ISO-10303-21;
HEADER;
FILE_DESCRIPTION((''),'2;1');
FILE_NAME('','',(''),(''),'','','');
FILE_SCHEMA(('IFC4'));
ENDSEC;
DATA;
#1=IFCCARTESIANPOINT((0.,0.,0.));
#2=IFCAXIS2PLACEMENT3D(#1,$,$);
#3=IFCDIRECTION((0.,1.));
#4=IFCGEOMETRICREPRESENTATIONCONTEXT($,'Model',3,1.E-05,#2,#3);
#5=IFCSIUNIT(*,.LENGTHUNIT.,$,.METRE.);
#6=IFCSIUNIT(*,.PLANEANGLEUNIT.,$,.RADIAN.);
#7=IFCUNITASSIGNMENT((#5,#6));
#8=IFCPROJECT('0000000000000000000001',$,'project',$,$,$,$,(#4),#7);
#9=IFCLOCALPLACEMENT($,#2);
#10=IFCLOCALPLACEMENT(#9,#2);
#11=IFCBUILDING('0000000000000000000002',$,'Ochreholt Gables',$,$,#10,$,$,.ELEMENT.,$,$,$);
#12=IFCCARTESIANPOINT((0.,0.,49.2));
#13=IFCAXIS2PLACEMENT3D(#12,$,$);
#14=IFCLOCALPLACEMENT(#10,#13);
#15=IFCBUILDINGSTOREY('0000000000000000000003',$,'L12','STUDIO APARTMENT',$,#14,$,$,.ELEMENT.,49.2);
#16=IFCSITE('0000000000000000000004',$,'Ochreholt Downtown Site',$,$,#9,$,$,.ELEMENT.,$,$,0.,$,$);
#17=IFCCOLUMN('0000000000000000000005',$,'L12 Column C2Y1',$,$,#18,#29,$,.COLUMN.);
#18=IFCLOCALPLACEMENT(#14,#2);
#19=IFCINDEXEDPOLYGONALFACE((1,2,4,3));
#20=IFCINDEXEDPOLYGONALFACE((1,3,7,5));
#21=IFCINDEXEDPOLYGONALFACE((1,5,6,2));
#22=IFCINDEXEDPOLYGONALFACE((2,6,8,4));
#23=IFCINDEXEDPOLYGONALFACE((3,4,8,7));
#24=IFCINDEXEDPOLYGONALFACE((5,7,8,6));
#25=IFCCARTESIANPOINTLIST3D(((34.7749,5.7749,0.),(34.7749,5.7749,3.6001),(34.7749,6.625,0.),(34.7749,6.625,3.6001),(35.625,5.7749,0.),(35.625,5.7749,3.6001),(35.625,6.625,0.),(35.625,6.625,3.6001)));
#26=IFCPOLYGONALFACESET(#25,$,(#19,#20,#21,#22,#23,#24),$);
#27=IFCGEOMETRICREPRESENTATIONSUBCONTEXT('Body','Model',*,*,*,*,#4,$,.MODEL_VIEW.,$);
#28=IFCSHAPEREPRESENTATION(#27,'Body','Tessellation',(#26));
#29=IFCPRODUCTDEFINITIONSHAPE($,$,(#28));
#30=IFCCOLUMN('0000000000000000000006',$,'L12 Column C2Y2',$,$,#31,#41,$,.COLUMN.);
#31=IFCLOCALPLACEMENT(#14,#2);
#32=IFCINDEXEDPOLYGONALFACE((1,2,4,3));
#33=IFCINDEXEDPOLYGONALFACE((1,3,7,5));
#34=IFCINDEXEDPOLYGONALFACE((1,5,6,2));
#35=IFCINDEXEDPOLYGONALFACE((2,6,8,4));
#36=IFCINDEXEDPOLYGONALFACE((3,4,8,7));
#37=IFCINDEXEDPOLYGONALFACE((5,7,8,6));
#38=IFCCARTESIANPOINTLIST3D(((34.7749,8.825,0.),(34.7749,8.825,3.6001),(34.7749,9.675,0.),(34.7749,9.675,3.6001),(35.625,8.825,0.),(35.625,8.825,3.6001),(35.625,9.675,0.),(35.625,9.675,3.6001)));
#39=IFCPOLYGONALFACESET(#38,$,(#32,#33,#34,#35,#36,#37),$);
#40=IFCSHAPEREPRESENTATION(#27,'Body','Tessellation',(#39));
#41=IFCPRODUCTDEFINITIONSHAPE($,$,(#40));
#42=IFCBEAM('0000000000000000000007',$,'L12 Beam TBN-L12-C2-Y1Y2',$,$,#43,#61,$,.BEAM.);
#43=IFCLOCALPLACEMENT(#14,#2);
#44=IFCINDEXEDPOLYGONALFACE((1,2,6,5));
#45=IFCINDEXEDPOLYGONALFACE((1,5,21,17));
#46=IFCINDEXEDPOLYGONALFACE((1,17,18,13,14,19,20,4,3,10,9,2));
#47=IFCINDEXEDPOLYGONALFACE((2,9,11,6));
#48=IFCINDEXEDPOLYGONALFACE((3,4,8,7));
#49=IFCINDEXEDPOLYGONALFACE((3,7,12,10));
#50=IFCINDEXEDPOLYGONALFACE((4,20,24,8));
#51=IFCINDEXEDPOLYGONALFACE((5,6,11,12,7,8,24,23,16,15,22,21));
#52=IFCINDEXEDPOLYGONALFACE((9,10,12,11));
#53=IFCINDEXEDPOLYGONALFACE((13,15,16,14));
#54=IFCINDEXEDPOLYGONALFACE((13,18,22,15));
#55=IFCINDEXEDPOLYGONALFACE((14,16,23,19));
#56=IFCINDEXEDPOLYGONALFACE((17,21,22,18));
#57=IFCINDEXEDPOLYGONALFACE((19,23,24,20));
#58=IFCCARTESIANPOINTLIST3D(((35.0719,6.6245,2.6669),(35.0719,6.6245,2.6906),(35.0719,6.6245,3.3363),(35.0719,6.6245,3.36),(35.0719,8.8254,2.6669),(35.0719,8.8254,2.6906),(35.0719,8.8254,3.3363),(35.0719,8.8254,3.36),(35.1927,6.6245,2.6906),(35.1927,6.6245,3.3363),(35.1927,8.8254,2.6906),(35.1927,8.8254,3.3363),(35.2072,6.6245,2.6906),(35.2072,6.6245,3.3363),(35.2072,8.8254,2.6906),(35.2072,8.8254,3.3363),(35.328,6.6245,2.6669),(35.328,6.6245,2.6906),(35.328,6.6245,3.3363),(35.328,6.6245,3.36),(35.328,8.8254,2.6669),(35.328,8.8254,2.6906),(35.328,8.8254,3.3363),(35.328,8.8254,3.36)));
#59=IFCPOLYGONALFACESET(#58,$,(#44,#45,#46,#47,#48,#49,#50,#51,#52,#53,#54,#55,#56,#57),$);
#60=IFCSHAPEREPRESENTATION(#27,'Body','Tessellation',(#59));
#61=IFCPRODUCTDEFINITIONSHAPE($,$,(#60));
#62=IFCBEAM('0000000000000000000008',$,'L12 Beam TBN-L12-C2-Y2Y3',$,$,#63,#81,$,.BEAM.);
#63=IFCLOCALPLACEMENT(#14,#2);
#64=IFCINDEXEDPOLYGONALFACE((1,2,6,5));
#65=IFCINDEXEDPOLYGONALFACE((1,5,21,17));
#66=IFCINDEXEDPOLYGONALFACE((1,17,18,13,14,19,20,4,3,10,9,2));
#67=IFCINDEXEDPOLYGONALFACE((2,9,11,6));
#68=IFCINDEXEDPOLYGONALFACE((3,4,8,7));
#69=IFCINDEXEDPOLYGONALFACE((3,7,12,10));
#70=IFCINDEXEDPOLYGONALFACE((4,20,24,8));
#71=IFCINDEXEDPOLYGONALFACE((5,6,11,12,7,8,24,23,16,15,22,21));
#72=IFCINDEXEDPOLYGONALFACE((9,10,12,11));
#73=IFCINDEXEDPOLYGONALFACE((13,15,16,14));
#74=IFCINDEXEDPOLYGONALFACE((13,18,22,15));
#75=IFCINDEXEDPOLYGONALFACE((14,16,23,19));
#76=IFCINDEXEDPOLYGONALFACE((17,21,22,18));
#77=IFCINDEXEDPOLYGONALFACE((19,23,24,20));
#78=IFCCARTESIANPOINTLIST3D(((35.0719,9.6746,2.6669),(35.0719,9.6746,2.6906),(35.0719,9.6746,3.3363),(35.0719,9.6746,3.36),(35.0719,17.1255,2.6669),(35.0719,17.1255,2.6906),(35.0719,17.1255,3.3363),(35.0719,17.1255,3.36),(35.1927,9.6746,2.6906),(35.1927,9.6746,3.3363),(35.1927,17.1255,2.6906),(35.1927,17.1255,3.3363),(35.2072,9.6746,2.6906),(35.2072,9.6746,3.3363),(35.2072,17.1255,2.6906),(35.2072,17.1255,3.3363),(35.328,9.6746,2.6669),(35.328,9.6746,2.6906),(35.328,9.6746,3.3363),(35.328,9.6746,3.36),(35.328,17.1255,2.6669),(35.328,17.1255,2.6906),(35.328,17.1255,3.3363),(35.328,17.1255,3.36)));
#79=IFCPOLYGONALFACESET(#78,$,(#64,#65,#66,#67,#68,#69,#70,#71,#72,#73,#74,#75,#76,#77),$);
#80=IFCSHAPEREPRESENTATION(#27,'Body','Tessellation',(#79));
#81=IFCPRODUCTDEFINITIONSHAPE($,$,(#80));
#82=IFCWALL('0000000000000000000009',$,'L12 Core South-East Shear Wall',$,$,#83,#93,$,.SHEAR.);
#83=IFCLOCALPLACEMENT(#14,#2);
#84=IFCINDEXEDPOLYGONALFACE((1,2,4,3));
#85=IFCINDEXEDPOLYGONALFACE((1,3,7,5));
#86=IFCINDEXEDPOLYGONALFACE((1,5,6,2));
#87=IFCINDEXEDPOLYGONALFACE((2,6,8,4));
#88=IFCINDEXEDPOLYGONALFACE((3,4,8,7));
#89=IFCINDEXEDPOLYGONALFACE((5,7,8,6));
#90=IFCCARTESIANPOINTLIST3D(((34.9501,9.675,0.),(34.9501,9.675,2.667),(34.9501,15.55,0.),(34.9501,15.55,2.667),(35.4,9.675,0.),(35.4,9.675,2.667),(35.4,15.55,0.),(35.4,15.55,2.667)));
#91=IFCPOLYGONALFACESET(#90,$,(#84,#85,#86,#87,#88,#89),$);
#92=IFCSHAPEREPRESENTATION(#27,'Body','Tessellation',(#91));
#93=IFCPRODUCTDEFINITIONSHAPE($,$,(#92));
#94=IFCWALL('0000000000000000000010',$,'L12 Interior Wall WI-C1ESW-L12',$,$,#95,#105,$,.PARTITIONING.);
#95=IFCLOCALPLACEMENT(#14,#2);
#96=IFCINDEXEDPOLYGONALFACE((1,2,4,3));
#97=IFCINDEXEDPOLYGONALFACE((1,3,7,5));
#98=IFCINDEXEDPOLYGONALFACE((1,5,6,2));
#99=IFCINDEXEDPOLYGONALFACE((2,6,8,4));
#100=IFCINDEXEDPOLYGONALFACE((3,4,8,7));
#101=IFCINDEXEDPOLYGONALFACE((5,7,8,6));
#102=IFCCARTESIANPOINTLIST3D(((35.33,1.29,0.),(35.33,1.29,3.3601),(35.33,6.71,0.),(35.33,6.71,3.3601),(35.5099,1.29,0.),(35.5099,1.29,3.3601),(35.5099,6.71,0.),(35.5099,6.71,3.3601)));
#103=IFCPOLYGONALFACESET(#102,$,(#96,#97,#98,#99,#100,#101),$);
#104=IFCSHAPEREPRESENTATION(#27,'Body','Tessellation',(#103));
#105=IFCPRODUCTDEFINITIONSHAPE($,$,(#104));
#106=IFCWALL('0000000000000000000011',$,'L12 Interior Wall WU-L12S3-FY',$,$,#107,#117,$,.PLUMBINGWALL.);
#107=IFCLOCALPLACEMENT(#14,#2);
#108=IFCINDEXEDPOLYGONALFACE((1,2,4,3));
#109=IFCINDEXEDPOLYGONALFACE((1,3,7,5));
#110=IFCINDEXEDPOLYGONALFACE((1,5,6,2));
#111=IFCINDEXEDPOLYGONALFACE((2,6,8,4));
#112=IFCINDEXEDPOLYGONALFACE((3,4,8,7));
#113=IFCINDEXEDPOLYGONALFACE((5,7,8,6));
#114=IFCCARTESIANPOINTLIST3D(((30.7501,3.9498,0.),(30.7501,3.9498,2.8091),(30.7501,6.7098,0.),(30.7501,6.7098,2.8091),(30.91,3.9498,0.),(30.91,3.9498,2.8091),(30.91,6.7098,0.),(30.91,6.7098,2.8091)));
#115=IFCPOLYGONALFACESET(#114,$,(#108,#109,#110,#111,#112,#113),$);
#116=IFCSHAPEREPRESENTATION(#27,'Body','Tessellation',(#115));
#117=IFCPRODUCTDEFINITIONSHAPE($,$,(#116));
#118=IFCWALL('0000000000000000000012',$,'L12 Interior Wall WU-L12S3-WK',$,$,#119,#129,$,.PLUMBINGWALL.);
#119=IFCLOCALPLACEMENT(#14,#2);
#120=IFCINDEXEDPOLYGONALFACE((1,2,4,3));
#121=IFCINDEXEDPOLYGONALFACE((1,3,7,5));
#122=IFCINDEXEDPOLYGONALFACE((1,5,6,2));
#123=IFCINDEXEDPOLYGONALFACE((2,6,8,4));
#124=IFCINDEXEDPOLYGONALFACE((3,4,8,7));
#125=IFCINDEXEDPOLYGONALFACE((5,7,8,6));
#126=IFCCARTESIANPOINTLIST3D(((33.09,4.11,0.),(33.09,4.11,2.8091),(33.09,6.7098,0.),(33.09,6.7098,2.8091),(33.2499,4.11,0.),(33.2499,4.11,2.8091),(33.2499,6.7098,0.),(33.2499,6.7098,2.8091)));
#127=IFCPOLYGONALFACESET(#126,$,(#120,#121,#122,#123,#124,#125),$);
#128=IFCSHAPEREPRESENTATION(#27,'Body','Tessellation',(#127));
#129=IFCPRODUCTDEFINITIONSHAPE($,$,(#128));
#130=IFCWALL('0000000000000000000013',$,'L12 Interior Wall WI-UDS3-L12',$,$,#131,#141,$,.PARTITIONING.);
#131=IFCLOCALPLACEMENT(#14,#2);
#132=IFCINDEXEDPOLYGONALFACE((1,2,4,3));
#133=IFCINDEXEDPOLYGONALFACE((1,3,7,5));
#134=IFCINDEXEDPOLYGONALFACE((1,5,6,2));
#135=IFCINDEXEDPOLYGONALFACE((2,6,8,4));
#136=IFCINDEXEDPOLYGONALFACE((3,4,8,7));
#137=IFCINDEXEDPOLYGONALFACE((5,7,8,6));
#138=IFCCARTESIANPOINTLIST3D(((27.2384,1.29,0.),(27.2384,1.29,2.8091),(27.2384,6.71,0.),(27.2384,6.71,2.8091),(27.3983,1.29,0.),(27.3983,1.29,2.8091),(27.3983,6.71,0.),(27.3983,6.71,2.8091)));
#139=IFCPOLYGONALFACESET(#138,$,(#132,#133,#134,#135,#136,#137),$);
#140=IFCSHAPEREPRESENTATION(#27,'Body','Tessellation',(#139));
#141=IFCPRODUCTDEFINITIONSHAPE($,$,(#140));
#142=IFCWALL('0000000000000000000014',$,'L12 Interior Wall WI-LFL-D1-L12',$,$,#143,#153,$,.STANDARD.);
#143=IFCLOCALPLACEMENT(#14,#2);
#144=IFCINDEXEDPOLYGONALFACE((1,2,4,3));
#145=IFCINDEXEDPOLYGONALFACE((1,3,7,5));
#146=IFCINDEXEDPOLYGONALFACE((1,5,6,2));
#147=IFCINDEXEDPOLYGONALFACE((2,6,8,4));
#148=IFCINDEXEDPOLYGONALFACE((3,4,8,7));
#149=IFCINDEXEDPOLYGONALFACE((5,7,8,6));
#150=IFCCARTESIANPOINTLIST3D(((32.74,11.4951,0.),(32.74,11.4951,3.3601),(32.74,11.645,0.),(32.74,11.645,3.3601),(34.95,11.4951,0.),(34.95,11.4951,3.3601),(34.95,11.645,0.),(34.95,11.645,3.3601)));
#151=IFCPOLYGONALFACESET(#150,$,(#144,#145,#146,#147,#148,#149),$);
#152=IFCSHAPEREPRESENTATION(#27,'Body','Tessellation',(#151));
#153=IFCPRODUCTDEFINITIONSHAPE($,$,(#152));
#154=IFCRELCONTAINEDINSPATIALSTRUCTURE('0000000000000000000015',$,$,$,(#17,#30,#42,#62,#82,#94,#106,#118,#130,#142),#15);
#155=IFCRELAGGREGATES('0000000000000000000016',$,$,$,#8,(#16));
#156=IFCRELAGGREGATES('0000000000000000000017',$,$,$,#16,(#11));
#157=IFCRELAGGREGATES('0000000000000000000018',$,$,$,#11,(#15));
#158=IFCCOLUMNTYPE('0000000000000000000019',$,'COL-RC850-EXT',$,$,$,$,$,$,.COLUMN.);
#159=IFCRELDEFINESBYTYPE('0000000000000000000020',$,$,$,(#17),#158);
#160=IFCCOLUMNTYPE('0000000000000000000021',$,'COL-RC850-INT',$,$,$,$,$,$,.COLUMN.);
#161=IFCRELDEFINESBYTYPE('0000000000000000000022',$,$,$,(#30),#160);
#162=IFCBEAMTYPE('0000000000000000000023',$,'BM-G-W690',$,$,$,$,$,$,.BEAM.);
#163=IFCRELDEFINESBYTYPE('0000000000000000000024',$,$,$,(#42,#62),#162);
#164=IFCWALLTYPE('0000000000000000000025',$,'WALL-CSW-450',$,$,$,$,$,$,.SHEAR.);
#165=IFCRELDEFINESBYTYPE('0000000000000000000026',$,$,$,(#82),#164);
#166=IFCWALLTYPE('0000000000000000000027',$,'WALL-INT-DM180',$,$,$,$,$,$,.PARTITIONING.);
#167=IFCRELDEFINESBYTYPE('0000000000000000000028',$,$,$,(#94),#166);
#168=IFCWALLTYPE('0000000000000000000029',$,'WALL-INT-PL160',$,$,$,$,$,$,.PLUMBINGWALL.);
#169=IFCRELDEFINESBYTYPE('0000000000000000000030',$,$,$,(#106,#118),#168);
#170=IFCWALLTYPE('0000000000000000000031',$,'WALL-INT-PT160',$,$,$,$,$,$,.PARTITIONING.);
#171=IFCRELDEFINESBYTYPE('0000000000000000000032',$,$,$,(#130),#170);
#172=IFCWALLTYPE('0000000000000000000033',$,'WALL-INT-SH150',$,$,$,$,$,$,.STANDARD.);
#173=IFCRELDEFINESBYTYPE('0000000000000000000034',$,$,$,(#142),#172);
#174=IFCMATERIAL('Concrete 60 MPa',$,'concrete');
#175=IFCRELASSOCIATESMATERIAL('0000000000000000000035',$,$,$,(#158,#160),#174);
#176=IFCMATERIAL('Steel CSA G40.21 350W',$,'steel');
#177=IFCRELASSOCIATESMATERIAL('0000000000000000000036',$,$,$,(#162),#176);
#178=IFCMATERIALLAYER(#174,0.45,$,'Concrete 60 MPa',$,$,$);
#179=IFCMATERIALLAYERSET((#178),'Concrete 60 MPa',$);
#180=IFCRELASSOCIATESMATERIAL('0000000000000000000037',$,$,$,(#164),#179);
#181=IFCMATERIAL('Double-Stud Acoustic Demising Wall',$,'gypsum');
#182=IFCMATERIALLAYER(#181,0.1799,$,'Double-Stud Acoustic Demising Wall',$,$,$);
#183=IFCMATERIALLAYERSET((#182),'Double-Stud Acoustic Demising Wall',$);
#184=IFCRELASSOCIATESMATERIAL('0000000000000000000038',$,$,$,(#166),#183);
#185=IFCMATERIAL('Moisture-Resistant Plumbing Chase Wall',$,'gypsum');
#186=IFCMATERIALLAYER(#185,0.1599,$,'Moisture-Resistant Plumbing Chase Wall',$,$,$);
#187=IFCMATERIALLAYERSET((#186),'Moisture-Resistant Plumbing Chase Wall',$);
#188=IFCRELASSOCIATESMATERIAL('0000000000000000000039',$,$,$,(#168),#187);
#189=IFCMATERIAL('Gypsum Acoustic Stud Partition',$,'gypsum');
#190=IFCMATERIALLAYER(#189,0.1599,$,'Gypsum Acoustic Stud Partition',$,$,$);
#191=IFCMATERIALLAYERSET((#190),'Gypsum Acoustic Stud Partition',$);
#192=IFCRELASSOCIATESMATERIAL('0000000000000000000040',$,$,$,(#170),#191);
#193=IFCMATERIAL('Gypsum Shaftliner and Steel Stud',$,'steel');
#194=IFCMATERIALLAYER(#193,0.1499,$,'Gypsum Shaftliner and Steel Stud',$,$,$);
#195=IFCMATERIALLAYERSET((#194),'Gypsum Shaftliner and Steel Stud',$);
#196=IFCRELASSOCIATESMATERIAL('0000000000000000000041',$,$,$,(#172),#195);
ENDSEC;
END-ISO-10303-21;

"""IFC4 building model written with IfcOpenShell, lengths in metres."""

from ifc_helpers import new_model, si_unit, direction, frame, frame_2d, origin, origin_2d, place, context, subcontext, project, spatial, rectangle, i_section, extrude, material, layer, layer_set, material_profile, profile_set, type_object, element, save


model = new_model("IFC4")

# Units and contexts
model_context = context("Model", 3, precision=1e-05, world=origin(), true_north=direction((0.0, 1.0)))
body_context = subcontext(model_context, "Body", "Model", "MODEL_VIEW")
ifc_project = project(units=[si_unit("LENGTHUNIT", "METRE"), si_unit("PLANEANGLEUNIT", "RADIAN")], contexts=[model_context])

# Site, building, storey
site_placement = place(None, origin())
site = spatial("IfcSite", under=ifc_project, at=site_placement, Name="Ochreholt Downtown Site", CompositionType="ELEMENT", RefElevation=0.0)
building_placement = place(site_placement, origin())
building = spatial("IfcBuilding", under=site, at=building_placement, Name="Ochreholt Gables", CompositionType="ELEMENT")
storey_placement = place(building_placement, frame((0.0, 0.0, 49.2)))
storey = spatial("IfcBuildingStorey", under=building, at=storey_placement, Name="L12", Description="STUDIO APARTMENT", CompositionType="ELEMENT", Elevation=49.2)

# Columns
ifc_material_1 = material(Name="Concrete 60 MPa", Category="concrete")
ifc_material_profile_1 = material_profile(ifc_material_1, rectangle(XDim=0.8501, YDim=0.8501, at=origin_2d()), Name="RC850X850")
ifc_profile_set_1 = profile_set([ifc_material_profile_1], Name="Concrete 60 MPa")
column_type_1 = type_object("IfcColumnType", Name="COL-RC850-EXT", PredefinedType="COLUMN", material=ifc_profile_set_1)
column_1_placement = place(storey_placement, frame((35.2, 6.2, 0.0), z_axis=(0.0, 0.0, 1.0), x_axis=(1.0, 0.0, 0.0)))
element("IfcColumn", 1, at=column_1_placement, inside=storey, type_object=column_type_1, Name="L12 Column C2Y1", PredefinedType="COLUMN", context=body_context, shape_type="SweptSolid", body=[
    extrude(rectangle(XDim=0.8501, YDim=0.8501, at=origin_2d()), origin(), (0.0, 0.0, 1.0), 3.6001),
])
ifc_material_profile_2 = material_profile(ifc_material_1, rectangle(XDim=0.8501, YDim=0.8501, at=origin_2d()), Name="RC850X850")
ifc_profile_set_2 = profile_set([ifc_material_profile_2], Name="Concrete 60 MPa")
column_type_2 = type_object("IfcColumnType", Name="COL-RC850-INT", PredefinedType="COLUMN", material=ifc_profile_set_2)
column_2_placement = place(storey_placement, frame((35.2, 9.25, 0.0), z_axis=(0.0, 0.0, 1.0), x_axis=(1.0, 0.0, 0.0)))
element("IfcColumn", 2, at=column_2_placement, inside=storey, type_object=column_type_2, Name="L12 Column C2Y2", PredefinedType="COLUMN", context=body_context, shape_type="SweptSolid", body=[
    extrude(rectangle(XDim=0.8501, YDim=0.8501, at=origin_2d()), origin(), (0.0, 0.0, 1.0), 3.6001),
])

# Beams
ifc_material_2 = material(Name="Steel CSA G40.21 350W", Category="steel")
ifc_material_profile_3 = material_profile(ifc_material_2, i_section(OverallWidth=0.2561, OverallDepth=0.6931, WebThickness=0.0144, FlangeThickness=0.0237, at=origin_2d()), Name="W690X170")
ifc_profile_set_3 = profile_set([ifc_material_profile_3], Name="Steel CSA G40.21 350W")
beam_type = type_object("IfcBeamType", Name="BM-G-W690", PredefinedType="BEAM", material=ifc_profile_set_3)
beam_1_placement = place(storey_placement, frame((35.2, 6.6245, 3.0134), z_axis=(0.0, 1.0, 0.0), x_axis=(-1.0, 0.0, 0.0)))
element("IfcBeam", 3, at=beam_1_placement, inside=storey, type_object=beam_type, Name="L12 Beam TBN-L12-C2-Y1Y2", PredefinedType="BEAM", context=body_context, shape_type="SweptSolid", body=[
    extrude(i_section(OverallWidth=0.2561, OverallDepth=0.6931, WebThickness=0.0144, FlangeThickness=0.0237, at=origin_2d()), origin(), (0.0, 0.0, 1.0), 2.2009),
])
beam_2_placement = place(storey_placement, frame((35.2, 9.6746, 3.0134), z_axis=(0.0, 1.0, 0.0), x_axis=(-1.0, 0.0, 0.0)))
element("IfcBeam", 4, at=beam_2_placement, inside=storey, type_object=beam_type, Name="L12 Beam TBN-L12-C2-Y2Y3", PredefinedType="BEAM", context=body_context, shape_type="SweptSolid", body=[
    extrude(i_section(OverallWidth=0.2561, OverallDepth=0.6931, WebThickness=0.0144, FlangeThickness=0.0237, at=origin_2d()), origin(), (0.0, 0.0, 1.0), 7.4509),
])

# Walls
ifc_layer_1 = layer(ifc_material_1, 0.45, Name="Concrete 60 MPa")
ifc_layer_set_1 = layer_set([ifc_layer_1], Name="Concrete 60 MPa")
wall_type_1 = type_object("IfcWallType", Name="WALL-CSW-450", PredefinedType="SHEAR", material=ifc_layer_set_1)
wall_1_placement = place(storey_placement, frame((35.175, 9.675, 0.0), z_axis=(0.0, 0.0, 1.0), x_axis=(0.0, 1.0, 0.0)))
element("IfcWall", 5, at=wall_1_placement, inside=storey, type_object=wall_type_1, Name="L12 Core South-East Shear Wall", PredefinedType="SHEAR", context=body_context, shape_type="SweptSolid", body=[
    extrude(rectangle(XDim=5.875, YDim=0.45, at=frame_2d((2.9375, 0.0))), origin(), (0.0, 0.0, 1.0), 2.667),
])
ifc_material_3 = material(Name="Double-Stud Acoustic Demising Wall", Category="gypsum")
ifc_layer_2 = layer(ifc_material_3, 0.1799, Name="Double-Stud Acoustic Demising Wall")
ifc_layer_set_2 = layer_set([ifc_layer_2], Name="Double-Stud Acoustic Demising Wall")
wall_type_2 = type_object("IfcWallType", Name="WALL-INT-DM180", PredefinedType="PARTITIONING", material=ifc_layer_set_2)
wall_2_placement = place(storey_placement, frame((35.4199, 1.29, 0.0), z_axis=(0.0, 0.0, 1.0), x_axis=(0.0, 1.0, 0.0)))
element("IfcWall", 6, at=wall_2_placement, inside=storey, type_object=wall_type_2, Name="L12 Interior Wall WI-C1ESW-L12", PredefinedType="PARTITIONING", context=body_context, shape_type="SweptSolid", body=[
    extrude(rectangle(XDim=5.4199, YDim=0.1799, at=frame_2d((2.71, 0.0))), origin(), (0.0, 0.0, 1.0), 3.3601),
])

# Shared definitions
ifc_material_4 = material(Name="Moisture-Resistant Plumbing Chase Wall", Category="gypsum")
ifc_layer_3 = layer(ifc_material_4, 0.1599, Name="Moisture-Resistant Plumbing Chase Wall")
ifc_layer_set_3 = layer_set([ifc_layer_3], Name="Moisture-Resistant Plumbing Chase Wall")
wall_type_3 = type_object("IfcWallType", Name="WALL-INT-PL160", PredefinedType="PLUMBINGWALL", material=ifc_layer_set_3)

# Walls
wall_3_placement = place(storey_placement, frame((30.8301, 3.95, 0.0), z_axis=(0.0, 0.0, 1.0), x_axis=(0.0, 1.0, 0.0)))
element("IfcWall", 7, at=wall_3_placement, inside=storey, type_object=wall_type_3, Name="L12 Interior Wall WU-L12S3-FY", PredefinedType="PLUMBINGWALL", context=body_context, shape_type="SweptSolid", body=[
    extrude(rectangle(XDim=2.76, YDim=0.1599, at=frame_2d((1.3799, 0.0))), origin(), (0.0, 0.0, 1.0), 2.8091),
])
wall_4_placement = place(storey_placement, frame((33.1699, 4.1101, 0.0), z_axis=(0.0, 0.0, 1.0), x_axis=(0.0, 1.0, 0.0)))
element("IfcWall", 8, at=wall_4_placement, inside=storey, type_object=wall_type_3, Name="L12 Interior Wall WU-L12S3-WK", PredefinedType="PLUMBINGWALL", context=body_context, shape_type="SweptSolid", body=[
    extrude(rectangle(XDim=2.5999, YDim=0.1599, at=frame_2d((1.2998, 0.0))), origin(), (0.0, 0.0, 1.0), 2.8091),
])
ifc_material_5 = material(Name="Gypsum Acoustic Stud Partition", Category="gypsum")
ifc_layer_4 = layer(ifc_material_5, 0.1599, Name="Gypsum Acoustic Stud Partition")
ifc_layer_set_4 = layer_set([ifc_layer_4], Name="Gypsum Acoustic Stud Partition")
wall_type_4 = type_object("IfcWallType", Name="WALL-INT-PT160", PredefinedType="PARTITIONING", material=ifc_layer_set_4)
wall_5_placement = place(storey_placement, frame((27.3184, 1.29, 0.0), z_axis=(0.0, 0.0, 1.0), x_axis=(0.0, 1.0, 0.0)))
element("IfcWall", 9, at=wall_5_placement, inside=storey, type_object=wall_type_4, Name="L12 Interior Wall WI-UDS3-L12", PredefinedType="PARTITIONING", context=body_context, shape_type="SweptSolid", body=[
    extrude(rectangle(XDim=5.4199, YDim=0.1599, at=frame_2d((2.71, 0.0))), origin(), (0.0, 0.0, 1.0), 2.8091),
])
ifc_material_6 = material(Name="Gypsum Shaftliner and Steel Stud", Category="steel")
ifc_layer_5 = layer(ifc_material_6, 0.1499, Name="Gypsum Shaftliner and Steel Stud")
ifc_layer_set_5 = layer_set([ifc_layer_5], Name="Gypsum Shaftliner and Steel Stud")
wall_type_5 = type_object("IfcWallType", Name="WALL-INT-SH150", PredefinedType="STANDARD", material=ifc_layer_set_5)
wall_6_placement = place(storey_placement, frame((32.74, 11.5701, 0.0), z_axis=(0.0, 0.0, 1.0), x_axis=(1.0, 0.0, 0.0)))
element("IfcWall", 10, at=wall_6_placement, inside=storey, type_object=wall_type_5, Name="L12 Interior Wall WI-LFL-D1-L12", PredefinedType="STANDARD", context=body_context, shape_type="SweptSolid", body=[
    extrude(rectangle(XDim=2.21, YDim=0.1499, at=frame_2d((1.105, 0.0))), origin(), (0.0, 0.0, 1.0), 3.3601),
])

save(model, "model.ifc")
